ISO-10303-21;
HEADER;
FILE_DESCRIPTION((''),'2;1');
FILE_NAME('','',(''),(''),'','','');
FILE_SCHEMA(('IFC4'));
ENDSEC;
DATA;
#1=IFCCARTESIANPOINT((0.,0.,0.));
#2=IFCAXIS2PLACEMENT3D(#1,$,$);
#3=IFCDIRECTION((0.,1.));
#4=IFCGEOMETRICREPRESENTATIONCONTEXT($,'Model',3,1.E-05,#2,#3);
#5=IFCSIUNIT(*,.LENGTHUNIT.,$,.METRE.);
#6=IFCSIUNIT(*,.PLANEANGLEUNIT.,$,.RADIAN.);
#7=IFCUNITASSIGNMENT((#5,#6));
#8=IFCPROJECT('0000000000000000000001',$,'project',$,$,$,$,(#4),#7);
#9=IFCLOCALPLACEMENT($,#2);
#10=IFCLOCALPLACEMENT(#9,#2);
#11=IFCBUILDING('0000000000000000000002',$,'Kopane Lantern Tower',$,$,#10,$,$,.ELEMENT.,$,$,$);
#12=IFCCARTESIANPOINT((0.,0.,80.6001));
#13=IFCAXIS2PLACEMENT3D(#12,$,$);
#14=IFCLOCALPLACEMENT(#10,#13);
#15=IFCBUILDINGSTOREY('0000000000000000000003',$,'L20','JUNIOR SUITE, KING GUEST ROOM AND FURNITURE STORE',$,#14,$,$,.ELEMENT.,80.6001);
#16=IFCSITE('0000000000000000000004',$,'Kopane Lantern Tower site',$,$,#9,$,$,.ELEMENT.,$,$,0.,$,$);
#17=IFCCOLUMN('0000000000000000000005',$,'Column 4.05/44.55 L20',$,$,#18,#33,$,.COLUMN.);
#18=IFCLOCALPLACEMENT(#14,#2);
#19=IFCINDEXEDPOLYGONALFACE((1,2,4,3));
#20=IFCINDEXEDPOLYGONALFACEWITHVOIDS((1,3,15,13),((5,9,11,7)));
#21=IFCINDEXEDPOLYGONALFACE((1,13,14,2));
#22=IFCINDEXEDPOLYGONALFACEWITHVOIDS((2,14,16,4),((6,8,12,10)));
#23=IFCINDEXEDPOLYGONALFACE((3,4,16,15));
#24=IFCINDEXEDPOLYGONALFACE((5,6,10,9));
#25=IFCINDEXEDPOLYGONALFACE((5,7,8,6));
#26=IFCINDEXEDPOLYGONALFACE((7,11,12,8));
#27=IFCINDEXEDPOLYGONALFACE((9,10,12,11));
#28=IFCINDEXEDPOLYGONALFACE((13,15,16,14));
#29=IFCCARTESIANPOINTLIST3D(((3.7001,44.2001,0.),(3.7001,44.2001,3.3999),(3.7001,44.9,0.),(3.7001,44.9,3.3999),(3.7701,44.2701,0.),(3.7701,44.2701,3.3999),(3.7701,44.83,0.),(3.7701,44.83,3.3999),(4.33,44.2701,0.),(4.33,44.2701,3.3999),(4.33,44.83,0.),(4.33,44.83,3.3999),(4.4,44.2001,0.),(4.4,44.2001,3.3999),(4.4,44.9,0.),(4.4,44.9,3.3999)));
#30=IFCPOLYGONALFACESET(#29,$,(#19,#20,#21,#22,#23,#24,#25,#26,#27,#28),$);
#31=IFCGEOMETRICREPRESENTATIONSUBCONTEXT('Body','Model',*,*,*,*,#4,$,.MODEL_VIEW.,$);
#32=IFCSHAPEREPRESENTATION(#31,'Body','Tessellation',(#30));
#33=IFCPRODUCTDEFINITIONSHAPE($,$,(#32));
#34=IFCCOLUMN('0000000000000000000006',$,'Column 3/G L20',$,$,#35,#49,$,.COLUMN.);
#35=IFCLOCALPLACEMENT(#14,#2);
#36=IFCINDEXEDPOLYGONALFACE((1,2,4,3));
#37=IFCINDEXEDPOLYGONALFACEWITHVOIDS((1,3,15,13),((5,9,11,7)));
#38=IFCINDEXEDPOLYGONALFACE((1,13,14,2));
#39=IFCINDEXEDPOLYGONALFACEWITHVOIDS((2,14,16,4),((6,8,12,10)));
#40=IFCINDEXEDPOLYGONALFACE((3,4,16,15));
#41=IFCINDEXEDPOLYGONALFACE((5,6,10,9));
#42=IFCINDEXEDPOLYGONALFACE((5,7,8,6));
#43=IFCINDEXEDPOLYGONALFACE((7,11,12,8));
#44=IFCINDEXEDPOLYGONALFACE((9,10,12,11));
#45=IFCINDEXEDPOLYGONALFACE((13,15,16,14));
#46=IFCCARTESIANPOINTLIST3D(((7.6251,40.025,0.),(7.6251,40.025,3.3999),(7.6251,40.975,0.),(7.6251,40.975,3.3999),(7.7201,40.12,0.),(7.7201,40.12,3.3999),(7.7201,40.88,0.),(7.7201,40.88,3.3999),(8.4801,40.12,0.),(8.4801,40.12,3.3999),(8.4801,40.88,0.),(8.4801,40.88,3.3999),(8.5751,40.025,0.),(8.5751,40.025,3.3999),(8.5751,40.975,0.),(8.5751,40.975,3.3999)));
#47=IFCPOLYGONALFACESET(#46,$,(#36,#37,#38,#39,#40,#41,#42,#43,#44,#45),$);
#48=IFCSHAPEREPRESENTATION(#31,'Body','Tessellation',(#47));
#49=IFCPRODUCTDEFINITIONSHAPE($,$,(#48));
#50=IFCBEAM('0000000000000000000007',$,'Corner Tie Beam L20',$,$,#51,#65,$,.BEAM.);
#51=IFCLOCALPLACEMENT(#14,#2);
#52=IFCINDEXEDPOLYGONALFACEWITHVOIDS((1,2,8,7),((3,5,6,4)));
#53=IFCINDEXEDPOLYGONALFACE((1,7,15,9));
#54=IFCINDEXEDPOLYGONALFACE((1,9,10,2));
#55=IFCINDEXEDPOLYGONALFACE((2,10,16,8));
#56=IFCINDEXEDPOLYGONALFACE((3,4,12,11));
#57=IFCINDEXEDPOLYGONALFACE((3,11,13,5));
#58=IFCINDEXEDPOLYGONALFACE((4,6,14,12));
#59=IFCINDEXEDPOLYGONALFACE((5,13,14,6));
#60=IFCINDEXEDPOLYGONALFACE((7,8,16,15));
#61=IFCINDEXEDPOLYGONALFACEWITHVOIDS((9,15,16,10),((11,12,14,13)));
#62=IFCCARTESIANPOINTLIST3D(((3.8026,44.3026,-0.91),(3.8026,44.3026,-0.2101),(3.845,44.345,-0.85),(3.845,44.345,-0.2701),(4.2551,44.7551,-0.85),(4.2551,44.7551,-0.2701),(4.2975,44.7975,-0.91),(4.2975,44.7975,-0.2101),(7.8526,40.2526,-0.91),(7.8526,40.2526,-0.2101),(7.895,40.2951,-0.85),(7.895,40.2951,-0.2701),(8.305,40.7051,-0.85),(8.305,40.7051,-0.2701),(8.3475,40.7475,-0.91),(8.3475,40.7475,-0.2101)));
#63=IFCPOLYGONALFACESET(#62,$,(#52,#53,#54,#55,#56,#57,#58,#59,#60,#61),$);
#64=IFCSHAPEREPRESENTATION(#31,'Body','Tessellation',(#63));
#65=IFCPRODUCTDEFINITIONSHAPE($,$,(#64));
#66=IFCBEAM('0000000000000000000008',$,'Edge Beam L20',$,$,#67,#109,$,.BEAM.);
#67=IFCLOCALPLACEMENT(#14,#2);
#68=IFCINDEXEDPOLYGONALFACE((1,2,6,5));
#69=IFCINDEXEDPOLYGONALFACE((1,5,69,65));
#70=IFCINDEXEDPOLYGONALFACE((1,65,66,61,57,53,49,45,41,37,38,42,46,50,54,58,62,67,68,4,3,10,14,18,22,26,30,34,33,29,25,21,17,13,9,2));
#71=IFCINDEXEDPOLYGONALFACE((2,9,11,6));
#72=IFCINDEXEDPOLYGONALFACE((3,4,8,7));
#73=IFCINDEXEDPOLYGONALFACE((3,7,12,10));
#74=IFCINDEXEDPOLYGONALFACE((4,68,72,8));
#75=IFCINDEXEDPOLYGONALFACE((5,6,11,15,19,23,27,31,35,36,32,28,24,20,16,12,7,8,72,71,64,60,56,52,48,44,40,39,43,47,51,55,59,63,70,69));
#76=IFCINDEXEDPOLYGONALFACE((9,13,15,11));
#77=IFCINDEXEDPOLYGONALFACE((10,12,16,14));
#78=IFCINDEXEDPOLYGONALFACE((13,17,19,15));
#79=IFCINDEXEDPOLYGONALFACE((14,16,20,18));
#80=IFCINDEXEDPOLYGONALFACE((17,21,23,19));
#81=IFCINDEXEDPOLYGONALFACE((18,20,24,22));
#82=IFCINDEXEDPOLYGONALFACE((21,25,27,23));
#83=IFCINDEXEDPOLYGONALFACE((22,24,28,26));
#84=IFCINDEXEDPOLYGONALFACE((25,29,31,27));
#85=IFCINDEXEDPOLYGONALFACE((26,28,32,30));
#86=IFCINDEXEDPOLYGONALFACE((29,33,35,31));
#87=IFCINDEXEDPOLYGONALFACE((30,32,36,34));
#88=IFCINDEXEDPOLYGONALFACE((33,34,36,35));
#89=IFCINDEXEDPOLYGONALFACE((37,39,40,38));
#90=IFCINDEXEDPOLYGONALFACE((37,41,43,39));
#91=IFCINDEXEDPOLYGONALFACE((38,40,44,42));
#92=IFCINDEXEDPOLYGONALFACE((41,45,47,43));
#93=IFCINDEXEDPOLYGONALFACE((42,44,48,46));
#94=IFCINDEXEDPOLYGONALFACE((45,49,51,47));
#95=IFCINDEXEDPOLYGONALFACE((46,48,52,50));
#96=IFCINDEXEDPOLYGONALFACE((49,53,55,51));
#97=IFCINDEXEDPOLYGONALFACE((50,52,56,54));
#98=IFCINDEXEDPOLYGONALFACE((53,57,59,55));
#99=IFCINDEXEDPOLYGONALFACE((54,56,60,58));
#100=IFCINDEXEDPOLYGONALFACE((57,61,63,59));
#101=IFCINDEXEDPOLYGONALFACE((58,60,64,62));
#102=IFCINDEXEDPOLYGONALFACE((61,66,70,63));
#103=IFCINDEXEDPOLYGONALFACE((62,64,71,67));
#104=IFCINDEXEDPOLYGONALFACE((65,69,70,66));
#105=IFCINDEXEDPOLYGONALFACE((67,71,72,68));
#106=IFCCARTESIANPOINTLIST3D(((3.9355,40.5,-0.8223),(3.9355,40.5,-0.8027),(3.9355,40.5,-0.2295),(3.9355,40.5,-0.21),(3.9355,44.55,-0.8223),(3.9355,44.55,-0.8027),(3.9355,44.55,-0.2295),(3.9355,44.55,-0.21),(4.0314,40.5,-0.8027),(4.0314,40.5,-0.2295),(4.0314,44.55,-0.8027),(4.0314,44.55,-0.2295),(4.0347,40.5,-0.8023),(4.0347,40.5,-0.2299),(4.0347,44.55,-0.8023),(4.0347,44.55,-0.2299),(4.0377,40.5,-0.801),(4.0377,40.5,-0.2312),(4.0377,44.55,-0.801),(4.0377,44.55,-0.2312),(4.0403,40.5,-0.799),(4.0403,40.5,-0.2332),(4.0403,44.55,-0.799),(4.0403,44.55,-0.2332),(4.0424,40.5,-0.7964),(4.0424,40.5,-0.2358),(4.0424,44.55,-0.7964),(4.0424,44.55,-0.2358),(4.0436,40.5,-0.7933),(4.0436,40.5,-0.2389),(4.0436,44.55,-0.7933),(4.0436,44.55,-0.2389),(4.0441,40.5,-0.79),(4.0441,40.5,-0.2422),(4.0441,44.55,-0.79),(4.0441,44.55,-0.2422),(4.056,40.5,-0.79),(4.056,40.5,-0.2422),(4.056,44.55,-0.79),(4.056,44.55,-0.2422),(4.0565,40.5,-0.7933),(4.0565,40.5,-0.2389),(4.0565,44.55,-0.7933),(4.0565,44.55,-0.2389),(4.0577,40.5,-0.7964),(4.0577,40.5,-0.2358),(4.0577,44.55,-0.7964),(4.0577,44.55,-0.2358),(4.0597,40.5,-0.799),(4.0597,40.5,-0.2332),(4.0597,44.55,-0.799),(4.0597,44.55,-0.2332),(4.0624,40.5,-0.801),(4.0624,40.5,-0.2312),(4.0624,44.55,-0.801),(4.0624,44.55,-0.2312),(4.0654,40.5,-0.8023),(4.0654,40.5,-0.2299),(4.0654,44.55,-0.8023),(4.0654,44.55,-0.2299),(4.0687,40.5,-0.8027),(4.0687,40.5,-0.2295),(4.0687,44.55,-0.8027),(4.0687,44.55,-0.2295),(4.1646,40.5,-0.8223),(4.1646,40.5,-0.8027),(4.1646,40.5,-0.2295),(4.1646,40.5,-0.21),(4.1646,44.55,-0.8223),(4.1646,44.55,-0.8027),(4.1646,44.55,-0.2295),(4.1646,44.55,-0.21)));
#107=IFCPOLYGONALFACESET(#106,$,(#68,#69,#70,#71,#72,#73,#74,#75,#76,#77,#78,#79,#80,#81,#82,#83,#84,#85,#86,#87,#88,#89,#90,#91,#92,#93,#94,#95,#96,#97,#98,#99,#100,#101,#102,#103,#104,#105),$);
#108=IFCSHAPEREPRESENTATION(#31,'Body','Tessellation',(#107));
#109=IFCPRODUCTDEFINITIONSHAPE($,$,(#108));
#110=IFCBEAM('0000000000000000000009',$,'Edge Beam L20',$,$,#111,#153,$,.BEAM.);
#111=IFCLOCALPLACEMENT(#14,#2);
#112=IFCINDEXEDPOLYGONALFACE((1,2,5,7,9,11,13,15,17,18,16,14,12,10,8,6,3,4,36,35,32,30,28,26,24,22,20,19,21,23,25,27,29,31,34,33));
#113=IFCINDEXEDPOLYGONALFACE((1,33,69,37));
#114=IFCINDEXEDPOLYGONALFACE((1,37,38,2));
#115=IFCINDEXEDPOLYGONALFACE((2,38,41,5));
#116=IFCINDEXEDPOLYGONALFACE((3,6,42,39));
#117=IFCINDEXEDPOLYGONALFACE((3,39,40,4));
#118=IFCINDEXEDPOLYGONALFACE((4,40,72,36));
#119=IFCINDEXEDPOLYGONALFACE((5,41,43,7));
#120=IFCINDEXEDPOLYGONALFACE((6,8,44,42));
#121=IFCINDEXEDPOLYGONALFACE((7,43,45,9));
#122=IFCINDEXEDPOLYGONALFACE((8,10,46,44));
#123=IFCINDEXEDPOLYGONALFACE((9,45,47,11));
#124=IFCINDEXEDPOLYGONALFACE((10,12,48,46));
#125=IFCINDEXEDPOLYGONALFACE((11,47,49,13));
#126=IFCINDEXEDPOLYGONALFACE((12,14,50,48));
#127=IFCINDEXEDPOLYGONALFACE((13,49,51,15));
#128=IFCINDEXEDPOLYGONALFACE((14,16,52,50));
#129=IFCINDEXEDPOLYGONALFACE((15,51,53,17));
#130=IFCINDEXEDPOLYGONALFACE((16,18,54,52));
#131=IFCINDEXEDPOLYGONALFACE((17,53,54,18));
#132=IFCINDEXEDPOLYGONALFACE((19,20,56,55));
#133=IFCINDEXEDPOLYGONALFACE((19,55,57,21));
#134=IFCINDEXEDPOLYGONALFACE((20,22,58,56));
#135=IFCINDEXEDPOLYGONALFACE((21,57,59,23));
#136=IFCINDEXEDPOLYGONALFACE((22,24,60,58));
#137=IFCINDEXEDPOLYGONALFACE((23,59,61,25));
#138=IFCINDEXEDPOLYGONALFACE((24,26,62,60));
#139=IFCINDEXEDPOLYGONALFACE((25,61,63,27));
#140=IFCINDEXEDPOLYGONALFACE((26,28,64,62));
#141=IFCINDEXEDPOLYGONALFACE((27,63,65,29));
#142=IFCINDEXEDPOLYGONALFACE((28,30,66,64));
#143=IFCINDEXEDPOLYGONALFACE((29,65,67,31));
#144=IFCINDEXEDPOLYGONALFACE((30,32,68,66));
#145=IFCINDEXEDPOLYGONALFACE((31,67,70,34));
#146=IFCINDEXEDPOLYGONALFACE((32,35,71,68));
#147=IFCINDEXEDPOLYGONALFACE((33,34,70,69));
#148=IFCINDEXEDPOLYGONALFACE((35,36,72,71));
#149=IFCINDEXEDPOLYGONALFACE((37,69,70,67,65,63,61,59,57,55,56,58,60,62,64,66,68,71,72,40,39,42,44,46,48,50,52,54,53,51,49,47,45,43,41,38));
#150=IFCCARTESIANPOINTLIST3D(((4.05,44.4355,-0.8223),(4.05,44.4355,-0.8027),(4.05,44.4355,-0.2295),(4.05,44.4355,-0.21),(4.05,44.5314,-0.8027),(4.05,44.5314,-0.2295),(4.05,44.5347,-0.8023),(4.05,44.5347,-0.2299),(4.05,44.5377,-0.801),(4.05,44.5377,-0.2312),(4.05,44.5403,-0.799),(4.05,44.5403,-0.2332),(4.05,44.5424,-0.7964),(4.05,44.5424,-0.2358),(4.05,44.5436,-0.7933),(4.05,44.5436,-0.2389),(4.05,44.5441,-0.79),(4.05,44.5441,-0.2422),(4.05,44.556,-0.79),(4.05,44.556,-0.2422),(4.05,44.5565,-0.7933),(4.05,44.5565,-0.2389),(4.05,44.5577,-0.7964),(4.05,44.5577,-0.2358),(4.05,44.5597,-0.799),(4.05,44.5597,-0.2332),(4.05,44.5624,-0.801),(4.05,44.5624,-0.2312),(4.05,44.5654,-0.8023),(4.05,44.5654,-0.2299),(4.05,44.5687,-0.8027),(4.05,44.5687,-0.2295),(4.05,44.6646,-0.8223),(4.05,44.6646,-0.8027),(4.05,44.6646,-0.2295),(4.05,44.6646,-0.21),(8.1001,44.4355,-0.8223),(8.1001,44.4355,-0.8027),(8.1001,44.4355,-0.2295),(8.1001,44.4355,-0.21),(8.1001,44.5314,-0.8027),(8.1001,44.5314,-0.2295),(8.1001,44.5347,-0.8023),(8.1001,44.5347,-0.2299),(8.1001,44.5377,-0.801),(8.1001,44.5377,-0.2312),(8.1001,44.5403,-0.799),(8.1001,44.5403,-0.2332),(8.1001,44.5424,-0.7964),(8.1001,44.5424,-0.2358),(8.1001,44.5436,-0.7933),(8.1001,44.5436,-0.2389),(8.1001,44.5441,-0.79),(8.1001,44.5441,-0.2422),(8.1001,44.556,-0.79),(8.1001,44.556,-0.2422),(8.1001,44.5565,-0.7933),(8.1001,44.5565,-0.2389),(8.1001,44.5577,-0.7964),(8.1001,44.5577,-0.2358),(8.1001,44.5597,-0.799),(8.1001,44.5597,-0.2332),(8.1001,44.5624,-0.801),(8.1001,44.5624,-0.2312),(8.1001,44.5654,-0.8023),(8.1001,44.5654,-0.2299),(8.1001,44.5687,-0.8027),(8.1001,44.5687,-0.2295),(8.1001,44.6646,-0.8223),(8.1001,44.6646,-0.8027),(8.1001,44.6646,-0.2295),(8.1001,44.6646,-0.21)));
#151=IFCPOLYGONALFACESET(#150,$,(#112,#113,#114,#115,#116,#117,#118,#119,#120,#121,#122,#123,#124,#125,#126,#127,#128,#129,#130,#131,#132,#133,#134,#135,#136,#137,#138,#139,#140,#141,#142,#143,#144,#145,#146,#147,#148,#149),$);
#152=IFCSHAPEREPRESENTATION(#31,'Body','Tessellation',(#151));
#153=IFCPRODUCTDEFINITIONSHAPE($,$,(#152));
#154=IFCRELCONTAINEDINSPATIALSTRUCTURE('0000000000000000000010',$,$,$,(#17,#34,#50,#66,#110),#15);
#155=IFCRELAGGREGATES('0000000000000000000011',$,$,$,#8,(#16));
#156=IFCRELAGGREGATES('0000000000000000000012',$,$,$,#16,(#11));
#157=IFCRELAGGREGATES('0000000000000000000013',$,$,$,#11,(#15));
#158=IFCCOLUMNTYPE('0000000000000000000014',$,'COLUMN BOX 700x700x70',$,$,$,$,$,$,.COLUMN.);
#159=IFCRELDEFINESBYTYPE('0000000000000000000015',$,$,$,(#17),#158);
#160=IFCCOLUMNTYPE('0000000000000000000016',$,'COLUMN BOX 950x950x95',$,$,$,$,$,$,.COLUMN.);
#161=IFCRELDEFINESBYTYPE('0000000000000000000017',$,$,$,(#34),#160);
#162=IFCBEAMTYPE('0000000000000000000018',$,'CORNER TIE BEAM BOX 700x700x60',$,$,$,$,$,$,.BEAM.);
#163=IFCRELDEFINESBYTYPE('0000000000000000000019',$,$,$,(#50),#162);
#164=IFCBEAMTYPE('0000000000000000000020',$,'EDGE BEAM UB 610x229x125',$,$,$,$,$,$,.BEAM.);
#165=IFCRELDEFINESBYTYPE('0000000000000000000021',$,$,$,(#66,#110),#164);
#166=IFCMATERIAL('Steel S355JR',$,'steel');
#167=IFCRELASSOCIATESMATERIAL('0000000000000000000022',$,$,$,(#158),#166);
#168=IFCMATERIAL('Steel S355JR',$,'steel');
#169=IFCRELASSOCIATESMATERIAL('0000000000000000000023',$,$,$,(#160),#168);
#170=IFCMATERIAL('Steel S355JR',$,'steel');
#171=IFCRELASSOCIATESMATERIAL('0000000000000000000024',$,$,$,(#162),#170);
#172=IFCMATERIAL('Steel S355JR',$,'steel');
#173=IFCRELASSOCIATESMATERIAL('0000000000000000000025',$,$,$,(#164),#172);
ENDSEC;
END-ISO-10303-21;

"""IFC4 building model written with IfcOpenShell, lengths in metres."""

from ifc_helpers import new_model, si_unit, direction, frame, origin, origin_2d, place, context, subcontext, project, spatial, hollow_rectangle, i_section, extrude, material, material_profile, profile_set, type_object, element, save


model = new_model("IFC4")

# Units and contexts
model_context = context("Model", 3, precision=1e-05, world=origin(), true_north=direction((0.0, 1.0)))
body_context = subcontext(model_context, "Body", "Model", "MODEL_VIEW")
ifc_project = project(units=[si_unit("LENGTHUNIT", "METRE"), si_unit("PLANEANGLEUNIT", "RADIAN")], contexts=[model_context])

# Site, building, storey
site_placement = place(None, origin())
site = spatial("IfcSite", under=ifc_project, at=site_placement, Name="Kopane Lantern Tower site", CompositionType="ELEMENT", RefElevation=0.0)
building_placement = place(site_placement, origin())
building = spatial("IfcBuilding", under=site, at=building_placement, Name="Kopane Lantern Tower", CompositionType="ELEMENT")
storey_placement = place(building_placement, frame((0.0, 0.0, 80.6001)))
storey = spatial("IfcBuildingStorey", under=building, at=storey_placement, Name="L20", Description="JUNIOR SUITE, KING GUEST ROOM AND FURNITURE STORE", CompositionType="ELEMENT", Elevation=80.6001)

# Columns
ifc_material_1 = material(Name="Steel S355JR", Category="steel")
ifc_material_profile_1 = material_profile(ifc_material_1, hollow_rectangle(XDim=0.7, YDim=0.7, WallThickness=0.0701, at=origin_2d()), Name="BOX 700x700x70")
ifc_profile_set_1 = profile_set([ifc_material_profile_1], Name="Steel S355JR")
column_type_1 = type_object("IfcColumnType", Name="COLUMN BOX 700x700x70", PredefinedType="COLUMN", material=ifc_profile_set_1)
column_1_placement = place(storey_placement, frame((4.05, 44.55, 0.0), z_axis=(0.0, 0.0, 1.0), x_axis=(1.0, 0.0, 0.0)))
element("IfcColumn", 1, at=column_1_placement, inside=storey, type_object=column_type_1, Name="Column 4.05/44.55 L20", PredefinedType="COLUMN", context=body_context, shape_type="SweptSolid", body=[
    extrude(hollow_rectangle(XDim=0.7, YDim=0.7, WallThickness=0.0701, at=origin_2d()), origin(), (0.0, 0.0, 1.0), 3.3999),
])
ifc_material_2 = material(Name="Steel S355JR", Category="steel")
ifc_material_profile_2 = material_profile(ifc_material_2, hollow_rectangle(XDim=0.95, YDim=0.95, WallThickness=0.095, at=origin_2d()), Name="BOX 950x950x95")
ifc_profile_set_2 = profile_set([ifc_material_profile_2], Name="Steel S355JR")
column_type_2 = type_object("IfcColumnType", Name="COLUMN BOX 950x950x95", PredefinedType="COLUMN", material=ifc_profile_set_2)
column_2_placement = place(storey_placement, frame((8.1001, 40.5, 0.0), z_axis=(0.0, 0.0, 1.0), x_axis=(1.0, 0.0, 0.0)))
element("IfcColumn", 2, at=column_2_placement, inside=storey, type_object=column_type_2, Name="Column 3/G L20", PredefinedType="COLUMN", context=body_context, shape_type="SweptSolid", body=[
    extrude(hollow_rectangle(XDim=0.95, YDim=0.95, WallThickness=0.095, at=origin_2d()), origin(), (0.0, 0.0, 1.0), 3.3999),
])

# Beams
ifc_material_3 = material(Name="Steel S355JR", Category="steel")
ifc_material_profile_3 = material_profile(ifc_material_3, hollow_rectangle(XDim=0.7, YDim=0.7, WallThickness=0.0601, at=origin_2d()), Name="BOX 700x700x60")
ifc_profile_set_3 = profile_set([ifc_material_profile_3], Name="Steel S355JR")
beam_type_1 = type_object("IfcBeamType", Name="CORNER TIE BEAM BOX 700x700x60", PredefinedType="BEAM", material=ifc_profile_set_3)
beam_1_placement = place(storey_placement, frame((4.05, 44.55, -0.5601), z_axis=(0.707107, -0.707107, 0.0), x_axis=(0.707107, 0.707107, 0.0)))
element("IfcBeam", 3, at=beam_1_placement, inside=storey, type_object=beam_type_1, Name="Corner Tie Beam L20", PredefinedType="BEAM", context=body_context, shape_type="SweptSolid", body=[
    extrude(hollow_rectangle(XDim=0.7, YDim=0.7, WallThickness=0.0601, at=origin_2d()), origin(), (0.0, 0.0, 1.0), 5.7275),
])
ifc_material_4 = material(Name="Steel S355JR", Category="steel")
ifc_material_profile_4 = material_profile(ifc_material_4, i_section(OverallWidth=0.229, OverallDepth=0.6123, WebThickness=0.012, FlangeThickness=0.0195, FilletRadius=0.0127, at=origin_2d()), Name="UB 610x229x125")
ifc_profile_set_4 = profile_set([ifc_material_profile_4], Name="Steel S355JR")
beam_type_2 = type_object("IfcBeamType", Name="EDGE BEAM UB 610x229x125", PredefinedType="BEAM", material=ifc_profile_set_4)
for number, where, z_axis, x_axis, name in (
    (4, (4.05, 44.55, -0.5161), (0.0, -1.0, 0.0), (1.0, 0.0, 0.0), "Edge Beam L20"),
    (5, (4.05, 44.55, -0.5161), (1.0, 0.0, 0.0), (0.0, 1.0, 0.0), "Edge Beam L20"),
):
    element("IfcBeam", number, at=place(storey_placement, frame(where, z_axis=z_axis, x_axis=x_axis)), inside=storey, type_object=beam_type_2, Name=name, PredefinedType="BEAM", context=body_context, shape_type="SweptSolid", body=[
        extrude(i_section(OverallWidth=0.229, OverallDepth=0.6123, WebThickness=0.012, FlangeThickness=0.0195, FilletRadius=0.0127, at=origin_2d()), origin(), (0.0, 0.0, 1.0), 4.05),
    ])

save(model, "model.ifc")
